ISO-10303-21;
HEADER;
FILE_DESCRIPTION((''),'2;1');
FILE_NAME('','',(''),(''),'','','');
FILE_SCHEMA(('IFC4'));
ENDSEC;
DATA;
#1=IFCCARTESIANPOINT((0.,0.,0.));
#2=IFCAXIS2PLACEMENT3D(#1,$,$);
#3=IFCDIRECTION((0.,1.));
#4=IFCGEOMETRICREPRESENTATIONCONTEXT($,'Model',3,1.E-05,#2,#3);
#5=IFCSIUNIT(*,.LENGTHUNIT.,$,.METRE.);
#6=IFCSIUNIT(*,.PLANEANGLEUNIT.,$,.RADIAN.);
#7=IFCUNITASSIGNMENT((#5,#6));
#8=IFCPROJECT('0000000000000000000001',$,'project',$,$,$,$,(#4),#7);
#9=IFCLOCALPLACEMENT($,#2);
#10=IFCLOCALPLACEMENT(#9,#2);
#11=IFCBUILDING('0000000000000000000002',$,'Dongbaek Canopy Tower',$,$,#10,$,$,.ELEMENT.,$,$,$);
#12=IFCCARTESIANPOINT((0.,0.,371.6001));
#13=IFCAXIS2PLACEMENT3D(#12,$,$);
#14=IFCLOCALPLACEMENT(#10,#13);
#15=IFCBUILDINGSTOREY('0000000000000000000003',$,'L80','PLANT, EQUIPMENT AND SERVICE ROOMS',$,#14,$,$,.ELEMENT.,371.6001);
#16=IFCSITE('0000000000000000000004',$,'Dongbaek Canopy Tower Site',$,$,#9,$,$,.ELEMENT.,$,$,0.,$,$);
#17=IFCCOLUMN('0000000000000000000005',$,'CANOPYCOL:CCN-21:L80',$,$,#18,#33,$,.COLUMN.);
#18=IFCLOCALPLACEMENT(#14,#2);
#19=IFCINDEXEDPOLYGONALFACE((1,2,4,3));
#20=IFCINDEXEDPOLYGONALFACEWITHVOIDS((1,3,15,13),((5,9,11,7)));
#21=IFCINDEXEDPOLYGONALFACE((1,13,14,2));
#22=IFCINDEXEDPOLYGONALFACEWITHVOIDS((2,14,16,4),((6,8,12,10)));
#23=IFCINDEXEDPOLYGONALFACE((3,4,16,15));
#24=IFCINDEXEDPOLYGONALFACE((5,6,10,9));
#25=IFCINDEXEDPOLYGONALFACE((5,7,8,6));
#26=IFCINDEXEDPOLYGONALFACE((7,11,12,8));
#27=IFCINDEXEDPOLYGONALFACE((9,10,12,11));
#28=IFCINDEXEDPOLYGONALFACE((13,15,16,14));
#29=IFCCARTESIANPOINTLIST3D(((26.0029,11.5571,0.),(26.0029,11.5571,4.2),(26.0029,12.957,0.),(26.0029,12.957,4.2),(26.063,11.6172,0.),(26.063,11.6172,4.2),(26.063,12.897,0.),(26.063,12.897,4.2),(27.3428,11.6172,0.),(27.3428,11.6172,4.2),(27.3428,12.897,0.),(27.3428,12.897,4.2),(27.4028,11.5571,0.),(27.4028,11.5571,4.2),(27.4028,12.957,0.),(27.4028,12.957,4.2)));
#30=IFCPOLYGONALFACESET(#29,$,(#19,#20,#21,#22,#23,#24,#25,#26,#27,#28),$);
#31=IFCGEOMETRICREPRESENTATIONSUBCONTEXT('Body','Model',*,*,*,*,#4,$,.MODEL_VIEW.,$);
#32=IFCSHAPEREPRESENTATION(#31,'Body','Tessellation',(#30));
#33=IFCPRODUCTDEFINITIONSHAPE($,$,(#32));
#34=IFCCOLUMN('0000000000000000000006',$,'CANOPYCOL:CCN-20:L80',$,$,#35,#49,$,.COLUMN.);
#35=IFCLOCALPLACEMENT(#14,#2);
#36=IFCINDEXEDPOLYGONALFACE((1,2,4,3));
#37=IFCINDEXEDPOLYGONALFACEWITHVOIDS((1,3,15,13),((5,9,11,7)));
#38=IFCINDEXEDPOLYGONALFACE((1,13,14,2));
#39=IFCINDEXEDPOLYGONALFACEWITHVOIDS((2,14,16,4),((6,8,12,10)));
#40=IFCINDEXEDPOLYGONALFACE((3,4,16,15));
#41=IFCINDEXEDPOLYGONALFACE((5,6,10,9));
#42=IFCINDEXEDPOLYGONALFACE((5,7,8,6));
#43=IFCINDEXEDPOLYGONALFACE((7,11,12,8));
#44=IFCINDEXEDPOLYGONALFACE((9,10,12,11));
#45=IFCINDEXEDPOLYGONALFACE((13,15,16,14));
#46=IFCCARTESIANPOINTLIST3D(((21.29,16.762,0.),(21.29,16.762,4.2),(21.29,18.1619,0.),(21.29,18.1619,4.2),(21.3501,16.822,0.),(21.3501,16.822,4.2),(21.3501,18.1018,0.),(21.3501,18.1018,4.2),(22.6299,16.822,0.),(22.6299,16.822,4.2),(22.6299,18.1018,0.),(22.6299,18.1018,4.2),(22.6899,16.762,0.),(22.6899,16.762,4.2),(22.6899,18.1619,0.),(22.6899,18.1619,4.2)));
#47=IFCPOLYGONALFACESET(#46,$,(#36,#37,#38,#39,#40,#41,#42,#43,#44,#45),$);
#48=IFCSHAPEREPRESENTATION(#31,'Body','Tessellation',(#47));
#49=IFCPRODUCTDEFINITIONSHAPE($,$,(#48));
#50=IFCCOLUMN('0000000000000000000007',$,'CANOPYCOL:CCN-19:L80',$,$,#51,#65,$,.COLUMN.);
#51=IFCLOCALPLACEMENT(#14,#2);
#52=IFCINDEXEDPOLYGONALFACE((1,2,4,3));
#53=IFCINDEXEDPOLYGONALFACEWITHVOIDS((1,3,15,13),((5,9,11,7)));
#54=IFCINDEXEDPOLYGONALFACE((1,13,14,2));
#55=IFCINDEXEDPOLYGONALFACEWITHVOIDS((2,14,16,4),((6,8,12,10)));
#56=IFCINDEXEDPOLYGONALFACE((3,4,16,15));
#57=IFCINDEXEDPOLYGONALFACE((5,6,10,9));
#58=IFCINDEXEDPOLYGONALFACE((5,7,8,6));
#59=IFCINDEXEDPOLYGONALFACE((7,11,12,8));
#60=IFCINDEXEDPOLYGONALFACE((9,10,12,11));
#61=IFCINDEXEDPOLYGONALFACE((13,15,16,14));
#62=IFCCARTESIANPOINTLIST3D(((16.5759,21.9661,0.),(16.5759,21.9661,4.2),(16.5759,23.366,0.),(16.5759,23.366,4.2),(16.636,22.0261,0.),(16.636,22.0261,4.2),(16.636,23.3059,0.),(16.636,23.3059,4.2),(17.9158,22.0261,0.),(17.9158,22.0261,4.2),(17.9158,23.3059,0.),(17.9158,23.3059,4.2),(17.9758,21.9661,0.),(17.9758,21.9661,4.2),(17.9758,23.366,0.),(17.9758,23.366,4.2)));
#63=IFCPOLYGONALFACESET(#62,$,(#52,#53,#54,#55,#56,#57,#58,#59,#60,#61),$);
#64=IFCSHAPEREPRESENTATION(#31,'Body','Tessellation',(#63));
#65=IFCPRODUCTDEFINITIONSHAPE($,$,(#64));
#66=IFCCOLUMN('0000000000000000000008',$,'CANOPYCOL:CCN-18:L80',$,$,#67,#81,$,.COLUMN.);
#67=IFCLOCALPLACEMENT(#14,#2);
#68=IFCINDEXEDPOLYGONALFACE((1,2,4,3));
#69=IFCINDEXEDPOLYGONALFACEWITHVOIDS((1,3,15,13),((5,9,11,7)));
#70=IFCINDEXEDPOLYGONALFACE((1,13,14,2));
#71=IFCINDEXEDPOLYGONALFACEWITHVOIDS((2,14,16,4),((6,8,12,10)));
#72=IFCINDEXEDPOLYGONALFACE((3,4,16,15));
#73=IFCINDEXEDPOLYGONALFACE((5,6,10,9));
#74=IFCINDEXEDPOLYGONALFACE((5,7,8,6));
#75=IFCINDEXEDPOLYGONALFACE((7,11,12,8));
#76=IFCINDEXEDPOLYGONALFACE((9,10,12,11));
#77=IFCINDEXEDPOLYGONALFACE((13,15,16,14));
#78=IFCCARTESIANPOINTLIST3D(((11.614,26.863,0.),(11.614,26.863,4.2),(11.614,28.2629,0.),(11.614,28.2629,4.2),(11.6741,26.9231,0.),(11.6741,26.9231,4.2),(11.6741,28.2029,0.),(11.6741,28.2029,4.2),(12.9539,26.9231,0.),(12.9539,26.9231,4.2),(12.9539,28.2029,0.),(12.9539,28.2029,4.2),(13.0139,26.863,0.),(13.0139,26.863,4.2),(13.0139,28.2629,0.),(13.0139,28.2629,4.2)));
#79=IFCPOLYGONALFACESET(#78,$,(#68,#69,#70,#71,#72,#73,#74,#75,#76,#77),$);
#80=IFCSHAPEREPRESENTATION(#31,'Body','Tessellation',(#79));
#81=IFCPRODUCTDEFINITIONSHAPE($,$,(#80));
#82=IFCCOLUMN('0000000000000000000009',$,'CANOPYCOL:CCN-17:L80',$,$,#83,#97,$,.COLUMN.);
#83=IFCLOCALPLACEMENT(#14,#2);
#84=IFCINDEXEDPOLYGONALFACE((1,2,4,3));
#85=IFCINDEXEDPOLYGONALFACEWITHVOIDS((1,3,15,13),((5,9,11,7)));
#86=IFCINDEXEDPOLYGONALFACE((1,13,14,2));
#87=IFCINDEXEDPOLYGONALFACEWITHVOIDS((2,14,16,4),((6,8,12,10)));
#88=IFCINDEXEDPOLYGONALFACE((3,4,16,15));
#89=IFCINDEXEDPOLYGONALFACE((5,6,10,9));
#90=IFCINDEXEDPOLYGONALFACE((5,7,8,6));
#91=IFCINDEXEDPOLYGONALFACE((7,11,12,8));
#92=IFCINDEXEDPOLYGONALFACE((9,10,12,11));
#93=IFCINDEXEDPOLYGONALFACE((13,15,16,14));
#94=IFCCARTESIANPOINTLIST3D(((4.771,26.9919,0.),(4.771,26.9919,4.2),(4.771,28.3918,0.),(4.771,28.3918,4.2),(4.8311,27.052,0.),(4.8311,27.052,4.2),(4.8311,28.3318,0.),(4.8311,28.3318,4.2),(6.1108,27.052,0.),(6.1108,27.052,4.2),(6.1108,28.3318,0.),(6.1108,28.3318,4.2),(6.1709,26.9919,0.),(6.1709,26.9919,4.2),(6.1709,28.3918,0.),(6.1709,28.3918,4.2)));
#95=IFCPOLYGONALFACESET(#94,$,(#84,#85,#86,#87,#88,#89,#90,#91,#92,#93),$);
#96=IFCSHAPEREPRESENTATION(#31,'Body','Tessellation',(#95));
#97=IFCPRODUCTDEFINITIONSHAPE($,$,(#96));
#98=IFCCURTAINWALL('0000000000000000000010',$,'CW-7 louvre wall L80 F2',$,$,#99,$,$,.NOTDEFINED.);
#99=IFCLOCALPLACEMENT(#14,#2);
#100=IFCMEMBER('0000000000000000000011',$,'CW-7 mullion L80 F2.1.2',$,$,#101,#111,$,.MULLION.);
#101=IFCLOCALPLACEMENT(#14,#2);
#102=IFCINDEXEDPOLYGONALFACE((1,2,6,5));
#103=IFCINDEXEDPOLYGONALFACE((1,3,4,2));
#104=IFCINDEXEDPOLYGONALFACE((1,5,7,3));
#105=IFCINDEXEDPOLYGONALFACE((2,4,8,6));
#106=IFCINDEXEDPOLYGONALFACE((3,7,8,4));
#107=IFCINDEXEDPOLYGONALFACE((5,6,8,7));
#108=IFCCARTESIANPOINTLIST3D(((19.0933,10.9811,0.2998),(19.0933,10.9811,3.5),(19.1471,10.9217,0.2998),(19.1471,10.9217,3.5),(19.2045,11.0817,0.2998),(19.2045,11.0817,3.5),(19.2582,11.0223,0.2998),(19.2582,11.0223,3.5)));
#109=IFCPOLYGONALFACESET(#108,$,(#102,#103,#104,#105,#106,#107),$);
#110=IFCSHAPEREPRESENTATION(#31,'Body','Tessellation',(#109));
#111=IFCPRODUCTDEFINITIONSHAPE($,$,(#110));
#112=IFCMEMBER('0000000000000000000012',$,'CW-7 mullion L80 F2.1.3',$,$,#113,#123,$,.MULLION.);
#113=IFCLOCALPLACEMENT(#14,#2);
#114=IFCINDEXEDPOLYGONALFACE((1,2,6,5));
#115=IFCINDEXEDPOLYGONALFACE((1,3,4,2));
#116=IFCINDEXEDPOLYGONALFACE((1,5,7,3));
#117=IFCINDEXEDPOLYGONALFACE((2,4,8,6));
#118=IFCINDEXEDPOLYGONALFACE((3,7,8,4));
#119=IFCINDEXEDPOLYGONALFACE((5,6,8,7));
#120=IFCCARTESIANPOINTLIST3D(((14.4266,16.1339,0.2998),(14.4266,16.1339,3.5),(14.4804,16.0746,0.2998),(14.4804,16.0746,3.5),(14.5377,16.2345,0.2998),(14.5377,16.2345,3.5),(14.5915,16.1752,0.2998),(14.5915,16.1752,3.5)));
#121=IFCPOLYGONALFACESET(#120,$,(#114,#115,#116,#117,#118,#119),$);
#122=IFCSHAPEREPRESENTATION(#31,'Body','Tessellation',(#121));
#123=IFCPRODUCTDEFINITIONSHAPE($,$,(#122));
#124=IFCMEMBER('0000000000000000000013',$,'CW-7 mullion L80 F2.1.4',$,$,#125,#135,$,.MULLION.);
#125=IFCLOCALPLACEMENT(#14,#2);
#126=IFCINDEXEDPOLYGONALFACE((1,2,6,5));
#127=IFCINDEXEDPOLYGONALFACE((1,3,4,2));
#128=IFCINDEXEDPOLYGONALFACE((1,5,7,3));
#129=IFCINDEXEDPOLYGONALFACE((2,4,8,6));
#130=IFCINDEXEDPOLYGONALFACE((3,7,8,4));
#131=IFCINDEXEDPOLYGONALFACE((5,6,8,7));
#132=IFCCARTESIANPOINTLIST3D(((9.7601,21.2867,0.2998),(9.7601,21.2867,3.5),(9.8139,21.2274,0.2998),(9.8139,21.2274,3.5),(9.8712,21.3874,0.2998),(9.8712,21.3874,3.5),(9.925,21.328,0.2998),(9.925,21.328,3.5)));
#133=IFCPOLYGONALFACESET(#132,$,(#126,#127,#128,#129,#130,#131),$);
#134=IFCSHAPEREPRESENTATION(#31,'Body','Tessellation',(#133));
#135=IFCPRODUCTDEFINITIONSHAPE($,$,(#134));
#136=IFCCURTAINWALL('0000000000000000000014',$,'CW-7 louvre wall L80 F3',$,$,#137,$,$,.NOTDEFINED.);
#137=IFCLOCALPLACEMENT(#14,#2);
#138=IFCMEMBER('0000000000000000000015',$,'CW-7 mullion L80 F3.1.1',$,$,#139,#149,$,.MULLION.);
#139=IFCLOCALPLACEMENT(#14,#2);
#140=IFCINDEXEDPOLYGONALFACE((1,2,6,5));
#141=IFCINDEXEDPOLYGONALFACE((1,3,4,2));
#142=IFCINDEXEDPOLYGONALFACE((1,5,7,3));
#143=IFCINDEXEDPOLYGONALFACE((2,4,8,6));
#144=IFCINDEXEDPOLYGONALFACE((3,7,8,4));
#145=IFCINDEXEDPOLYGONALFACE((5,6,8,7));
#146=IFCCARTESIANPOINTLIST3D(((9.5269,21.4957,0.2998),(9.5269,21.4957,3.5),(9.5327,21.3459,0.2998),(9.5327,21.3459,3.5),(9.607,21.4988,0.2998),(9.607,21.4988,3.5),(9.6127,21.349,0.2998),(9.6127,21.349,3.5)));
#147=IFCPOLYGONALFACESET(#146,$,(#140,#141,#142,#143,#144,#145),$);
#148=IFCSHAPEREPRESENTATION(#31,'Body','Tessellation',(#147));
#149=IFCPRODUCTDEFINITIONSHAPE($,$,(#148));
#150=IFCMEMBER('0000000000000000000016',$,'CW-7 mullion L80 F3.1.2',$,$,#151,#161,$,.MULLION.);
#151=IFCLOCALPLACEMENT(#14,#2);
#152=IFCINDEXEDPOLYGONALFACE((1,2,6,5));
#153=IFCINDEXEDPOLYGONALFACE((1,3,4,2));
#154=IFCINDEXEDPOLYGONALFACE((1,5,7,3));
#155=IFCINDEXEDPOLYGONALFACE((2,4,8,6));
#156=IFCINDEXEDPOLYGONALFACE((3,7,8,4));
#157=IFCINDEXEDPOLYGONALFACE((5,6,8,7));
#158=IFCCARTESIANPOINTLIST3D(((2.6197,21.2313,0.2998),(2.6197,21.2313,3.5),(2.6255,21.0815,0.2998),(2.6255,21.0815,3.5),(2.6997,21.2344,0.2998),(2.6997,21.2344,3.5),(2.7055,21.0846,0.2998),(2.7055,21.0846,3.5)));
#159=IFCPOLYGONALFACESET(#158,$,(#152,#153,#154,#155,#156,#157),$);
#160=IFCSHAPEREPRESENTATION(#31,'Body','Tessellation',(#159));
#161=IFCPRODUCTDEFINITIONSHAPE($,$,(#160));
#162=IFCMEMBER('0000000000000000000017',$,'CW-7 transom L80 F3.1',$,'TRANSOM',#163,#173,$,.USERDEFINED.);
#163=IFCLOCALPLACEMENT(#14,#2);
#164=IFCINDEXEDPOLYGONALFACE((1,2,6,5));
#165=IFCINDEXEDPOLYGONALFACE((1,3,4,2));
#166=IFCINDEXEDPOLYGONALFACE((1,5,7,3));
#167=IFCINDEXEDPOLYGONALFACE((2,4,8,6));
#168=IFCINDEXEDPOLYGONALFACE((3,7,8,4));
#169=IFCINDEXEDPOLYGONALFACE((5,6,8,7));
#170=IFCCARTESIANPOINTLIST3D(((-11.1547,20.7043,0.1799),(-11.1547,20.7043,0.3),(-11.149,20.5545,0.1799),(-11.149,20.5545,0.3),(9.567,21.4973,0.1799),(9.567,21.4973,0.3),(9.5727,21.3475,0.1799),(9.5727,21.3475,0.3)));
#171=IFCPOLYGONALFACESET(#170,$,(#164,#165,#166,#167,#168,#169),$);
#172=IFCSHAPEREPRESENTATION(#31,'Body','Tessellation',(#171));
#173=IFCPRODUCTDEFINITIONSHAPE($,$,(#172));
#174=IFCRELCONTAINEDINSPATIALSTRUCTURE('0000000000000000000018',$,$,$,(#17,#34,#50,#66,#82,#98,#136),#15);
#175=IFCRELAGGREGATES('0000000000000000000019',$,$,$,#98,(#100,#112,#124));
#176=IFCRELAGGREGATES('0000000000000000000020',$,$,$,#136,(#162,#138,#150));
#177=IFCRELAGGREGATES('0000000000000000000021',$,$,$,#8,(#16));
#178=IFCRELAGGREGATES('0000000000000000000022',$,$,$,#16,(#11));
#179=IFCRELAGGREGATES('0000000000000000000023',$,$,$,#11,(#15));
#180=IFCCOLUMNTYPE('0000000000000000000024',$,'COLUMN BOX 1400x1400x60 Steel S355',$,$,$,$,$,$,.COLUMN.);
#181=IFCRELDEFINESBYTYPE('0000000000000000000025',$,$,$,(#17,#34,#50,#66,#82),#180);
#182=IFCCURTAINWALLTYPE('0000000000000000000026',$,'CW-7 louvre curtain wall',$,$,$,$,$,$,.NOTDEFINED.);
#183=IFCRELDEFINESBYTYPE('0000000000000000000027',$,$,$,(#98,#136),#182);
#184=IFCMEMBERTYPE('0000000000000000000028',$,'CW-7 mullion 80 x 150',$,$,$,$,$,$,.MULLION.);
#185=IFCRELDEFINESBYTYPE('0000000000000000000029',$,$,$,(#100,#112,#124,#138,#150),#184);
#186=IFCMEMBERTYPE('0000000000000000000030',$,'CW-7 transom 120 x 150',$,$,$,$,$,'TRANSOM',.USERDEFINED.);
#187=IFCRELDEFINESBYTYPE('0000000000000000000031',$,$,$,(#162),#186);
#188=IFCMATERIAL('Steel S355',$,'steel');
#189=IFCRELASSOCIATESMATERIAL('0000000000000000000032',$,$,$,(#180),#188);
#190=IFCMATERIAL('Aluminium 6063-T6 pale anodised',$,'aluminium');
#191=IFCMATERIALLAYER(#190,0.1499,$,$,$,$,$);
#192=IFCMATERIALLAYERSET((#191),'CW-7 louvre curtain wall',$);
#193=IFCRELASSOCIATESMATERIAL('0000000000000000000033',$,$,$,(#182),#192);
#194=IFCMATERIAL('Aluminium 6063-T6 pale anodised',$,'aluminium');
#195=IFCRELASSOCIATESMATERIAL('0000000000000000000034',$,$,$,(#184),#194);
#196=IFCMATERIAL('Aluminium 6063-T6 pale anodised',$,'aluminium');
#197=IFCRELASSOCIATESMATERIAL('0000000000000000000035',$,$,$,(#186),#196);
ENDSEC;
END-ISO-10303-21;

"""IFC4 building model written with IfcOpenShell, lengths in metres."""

from ifc_helpers import new_model, si_unit, direction, frame, origin, origin_2d, place, context, subcontext, project, spatial, rectangle, hollow_rectangle, extrude, material, layer, layer_set, material_profile, profile_set, type_object, element, aggregate, save


model = new_model("IFC4")

# Units and contexts
model_context = context("Model", 3, precision=1e-05, world=origin(), true_north=direction((0.0, 1.0)))
body_context = subcontext(model_context, "Body", "Model", "MODEL_VIEW")
ifc_project = project(units=[si_unit("LENGTHUNIT", "METRE"), si_unit("PLANEANGLEUNIT", "RADIAN")], contexts=[model_context])

# Site, building, storey
site_placement = place(None, origin())
site = spatial("IfcSite", under=ifc_project, at=site_placement, Name="Dongbaek Canopy Tower Site", CompositionType="ELEMENT", RefElevation=0.0)
building_placement = place(site_placement, origin())
building = spatial("IfcBuilding", under=site, at=building_placement, Name="Dongbaek Canopy Tower", CompositionType="ELEMENT")
storey_placement = place(building_placement, frame((0.0, 0.0, 371.6001)))
storey = spatial("IfcBuildingStorey", under=building, at=storey_placement, Name="L80", Description="PLANT, EQUIPMENT AND SERVICE ROOMS", CompositionType="ELEMENT", Elevation=371.6001)

# Columns
ifc_material_1 = material(Name="Steel S355", Category="steel")
ifc_material_profile_1 = material_profile(ifc_material_1, hollow_rectangle(XDim=1.3999, YDim=1.3999, WallThickness=0.0601, at=origin_2d()), Name="COLUMN BOX 1400x1400x60 Steel S355")
ifc_profile_set_1 = profile_set([ifc_material_profile_1], Name="Steel S355")
column_type = type_object("IfcColumnType", Name="COLUMN BOX 1400x1400x60 Steel S355", PredefinedType="COLUMN", material=ifc_profile_set_1)
for number, where, z_axis, x_axis, name in (
    (1, (26.7029, 12.2571, 0.0), (0.0, 0.0, 1.0), (1.0, 0.0, 0.0), "CANOPYCOL:CCN-21:L80"),
    (2, (21.99, 17.4619, 0.0), (0.0, 0.0, 1.0), (1.0, 0.0, 0.0), "CANOPYCOL:CCN-20:L80"),
    (3, (17.2759, 22.666, 0.0), (0.0, 0.0, 1.0), (1.0, 0.0, 0.0), "CANOPYCOL:CCN-19:L80"),
    (4, (12.314, 27.563, 0.0), (0.0, 0.0, 1.0), (1.0, 0.0, 0.0), "CANOPYCOL:CCN-18:L80"),
    (5, (5.4709, 27.6919, 0.0), (0.0, 0.0, 1.0), (1.0, 0.0, 0.0), "CANOPYCOL:CCN-17:L80"),
):
    element("IfcColumn", number, at=place(storey_placement, frame(where, z_axis=z_axis, x_axis=x_axis)), inside=storey, type_object=column_type, Name=name, PredefinedType="COLUMN", context=body_context, shape_type="SweptSolid", body=[
        extrude(hollow_rectangle(XDim=1.3999, YDim=1.3999, WallThickness=0.0601, at=origin_2d()), origin(), (0.0, 0.0, 1.0), 4.2),
    ])

# Curtain walls, members
ifc_material_2 = material(Name="Aluminium 6063-T6 pale anodised", Category="aluminium")
ifc_layer_1 = layer(ifc_material_2, 0.1499)
ifc_layer_set_1 = layer_set([ifc_layer_1], Name="CW-7 louvre curtain wall")
curtain_wall_type = type_object("IfcCurtainWallType", Name="CW-7 louvre curtain wall", PredefinedType="NOTDEFINED", material=ifc_layer_set_1)
curtain_wall_1_placement = place(storey_placement, origin())
curtain_wall_1 = element("IfcCurtainWall", 6, at=curtain_wall_1_placement, inside=storey, type_object=curtain_wall_type, Name="CW-7 louvre wall L80 F2", PredefinedType="NOTDEFINED")
ifc_material_3 = material(Name="Aluminium 6063-T6 pale anodised", Category="aluminium")
ifc_material_profile_2 = material_profile(ifc_material_3, rectangle(XDim=0.1499, YDim=0.0801, at=origin_2d()), Name="CW-7 mullion 80 x 150")
ifc_profile_set_2 = profile_set([ifc_material_profile_2], Name="Aluminium 6063-T6 pale anodised")
member_type_1 = type_object("IfcMemberType", Name="CW-7 mullion 80 x 150", PredefinedType="MULLION", material=ifc_profile_set_2)
member_1_placement = place(storey_placement, frame((19.1758, 11.0017, 0.2998), z_axis=(0.0, 0.0, 1.0), x_axis=(0.741222, 0.67126, 0.0)))
member_1 = element("IfcMember", 7, at=member_1_placement, type_object=member_type_1, Name="CW-7 mullion L80 F2.1.2", PredefinedType="MULLION", context=body_context, shape_type="SweptSolid", body=[
    extrude(rectangle(XDim=0.1499, YDim=0.0801, at=origin_2d()), origin(), (0.0, 0.0, 1.0), 3.2002),
])
member_2_placement = place(storey_placement, frame((14.509, 16.1545, 0.2998), z_axis=(0.0, 0.0, 1.0), x_axis=(0.741222, 0.67126, 0.0)))
member_2 = element("IfcMember", 8, at=member_2_placement, type_object=member_type_1, Name="CW-7 mullion L80 F2.1.3", PredefinedType="MULLION", context=body_context, shape_type="SweptSolid", body=[
    extrude(rectangle(XDim=0.1499, YDim=0.0801, at=origin_2d()), origin(), (0.0, 0.0, 1.0), 3.2002),
])
member_3_placement = place(storey_placement, frame((9.8425, 21.3074, 0.2998), z_axis=(0.0, 0.0, 1.0), x_axis=(0.741222, 0.67126, 0.0)))
member_3 = element("IfcMember", 9, at=member_3_placement, type_object=member_type_1, Name="CW-7 mullion L80 F2.1.4", PredefinedType="MULLION", context=body_context, shape_type="SweptSolid", body=[
    extrude(rectangle(XDim=0.1499, YDim=0.0801, at=origin_2d()), origin(), (0.0, 0.0, 1.0), 3.2002),
])
curtain_wall_2_placement = place(storey_placement, origin())
curtain_wall_2 = element("IfcCurtainWall", 10, at=curtain_wall_2_placement, inside=storey, type_object=curtain_wall_type, Name="CW-7 louvre wall L80 F3", PredefinedType="NOTDEFINED")
member_4_placement = place(storey_placement, frame((9.5698, 21.4224, 0.2998), z_axis=(0.0, 0.0, 1.0), x_axis=(-0.038232, 0.999269, 0.0)))
member_4 = element("IfcMember", 11, at=member_4_placement, type_object=member_type_1, Name="CW-7 mullion L80 F3.1.1", PredefinedType="MULLION", context=body_context, shape_type="SweptSolid", body=[
    extrude(rectangle(XDim=0.1499, YDim=0.0801, at=origin_2d()), origin(), (0.0, 0.0, 1.0), 3.2002),
])
member_5_placement = place(storey_placement, frame((2.6626, 21.158, 0.2998), z_axis=(0.0, 0.0, 1.0), x_axis=(-0.038232, 0.999269, 0.0)))
member_5 = element("IfcMember", 12, at=member_5_placement, type_object=member_type_1, Name="CW-7 mullion L80 F3.1.2", PredefinedType="MULLION", context=body_context, shape_type="SweptSolid", body=[
    extrude(rectangle(XDim=0.1499, YDim=0.0801, at=origin_2d()), origin(), (0.0, 0.0, 1.0), 3.2002),
])
ifc_material_4 = material(Name="Aluminium 6063-T6 pale anodised", Category="aluminium")
ifc_material_profile_3 = material_profile(ifc_material_4, rectangle(XDim=0.1499, YDim=0.1201, at=origin_2d()), Name="CW-7 transom 120 x 150")
ifc_profile_set_3 = profile_set([ifc_material_profile_3], Name="Aluminium 6063-T6 pale anodised")
member_type_2 = type_object("IfcMemberType", Name="CW-7 transom 120 x 150", ElementType="TRANSOM", PredefinedType="USERDEFINED", material=ifc_profile_set_3)
member_6_placement = place(storey_placement, frame((9.5698, 21.4224, 0.24), z_axis=(-0.999269, -0.03824, 0.0), x_axis=(0.03824, -0.999269, 0.0)))
member_6 = element("IfcMember", 13, at=member_6_placement, type_object=member_type_2, Name="CW-7 transom L80 F3.1", ObjectType="TRANSOM", PredefinedType="USERDEFINED", context=body_context, shape_type="SweptSolid", body=[
    extrude(rectangle(XDim=0.1499, YDim=0.1201, at=origin_2d()), origin(), (0.0, 0.0, 1.0), 20.7368),
])

aggregate(curtain_wall_1, [member_1, member_2, member_3])
aggregate(curtain_wall_2, [member_6, member_4, member_5])

save(model, "model.ifc")
